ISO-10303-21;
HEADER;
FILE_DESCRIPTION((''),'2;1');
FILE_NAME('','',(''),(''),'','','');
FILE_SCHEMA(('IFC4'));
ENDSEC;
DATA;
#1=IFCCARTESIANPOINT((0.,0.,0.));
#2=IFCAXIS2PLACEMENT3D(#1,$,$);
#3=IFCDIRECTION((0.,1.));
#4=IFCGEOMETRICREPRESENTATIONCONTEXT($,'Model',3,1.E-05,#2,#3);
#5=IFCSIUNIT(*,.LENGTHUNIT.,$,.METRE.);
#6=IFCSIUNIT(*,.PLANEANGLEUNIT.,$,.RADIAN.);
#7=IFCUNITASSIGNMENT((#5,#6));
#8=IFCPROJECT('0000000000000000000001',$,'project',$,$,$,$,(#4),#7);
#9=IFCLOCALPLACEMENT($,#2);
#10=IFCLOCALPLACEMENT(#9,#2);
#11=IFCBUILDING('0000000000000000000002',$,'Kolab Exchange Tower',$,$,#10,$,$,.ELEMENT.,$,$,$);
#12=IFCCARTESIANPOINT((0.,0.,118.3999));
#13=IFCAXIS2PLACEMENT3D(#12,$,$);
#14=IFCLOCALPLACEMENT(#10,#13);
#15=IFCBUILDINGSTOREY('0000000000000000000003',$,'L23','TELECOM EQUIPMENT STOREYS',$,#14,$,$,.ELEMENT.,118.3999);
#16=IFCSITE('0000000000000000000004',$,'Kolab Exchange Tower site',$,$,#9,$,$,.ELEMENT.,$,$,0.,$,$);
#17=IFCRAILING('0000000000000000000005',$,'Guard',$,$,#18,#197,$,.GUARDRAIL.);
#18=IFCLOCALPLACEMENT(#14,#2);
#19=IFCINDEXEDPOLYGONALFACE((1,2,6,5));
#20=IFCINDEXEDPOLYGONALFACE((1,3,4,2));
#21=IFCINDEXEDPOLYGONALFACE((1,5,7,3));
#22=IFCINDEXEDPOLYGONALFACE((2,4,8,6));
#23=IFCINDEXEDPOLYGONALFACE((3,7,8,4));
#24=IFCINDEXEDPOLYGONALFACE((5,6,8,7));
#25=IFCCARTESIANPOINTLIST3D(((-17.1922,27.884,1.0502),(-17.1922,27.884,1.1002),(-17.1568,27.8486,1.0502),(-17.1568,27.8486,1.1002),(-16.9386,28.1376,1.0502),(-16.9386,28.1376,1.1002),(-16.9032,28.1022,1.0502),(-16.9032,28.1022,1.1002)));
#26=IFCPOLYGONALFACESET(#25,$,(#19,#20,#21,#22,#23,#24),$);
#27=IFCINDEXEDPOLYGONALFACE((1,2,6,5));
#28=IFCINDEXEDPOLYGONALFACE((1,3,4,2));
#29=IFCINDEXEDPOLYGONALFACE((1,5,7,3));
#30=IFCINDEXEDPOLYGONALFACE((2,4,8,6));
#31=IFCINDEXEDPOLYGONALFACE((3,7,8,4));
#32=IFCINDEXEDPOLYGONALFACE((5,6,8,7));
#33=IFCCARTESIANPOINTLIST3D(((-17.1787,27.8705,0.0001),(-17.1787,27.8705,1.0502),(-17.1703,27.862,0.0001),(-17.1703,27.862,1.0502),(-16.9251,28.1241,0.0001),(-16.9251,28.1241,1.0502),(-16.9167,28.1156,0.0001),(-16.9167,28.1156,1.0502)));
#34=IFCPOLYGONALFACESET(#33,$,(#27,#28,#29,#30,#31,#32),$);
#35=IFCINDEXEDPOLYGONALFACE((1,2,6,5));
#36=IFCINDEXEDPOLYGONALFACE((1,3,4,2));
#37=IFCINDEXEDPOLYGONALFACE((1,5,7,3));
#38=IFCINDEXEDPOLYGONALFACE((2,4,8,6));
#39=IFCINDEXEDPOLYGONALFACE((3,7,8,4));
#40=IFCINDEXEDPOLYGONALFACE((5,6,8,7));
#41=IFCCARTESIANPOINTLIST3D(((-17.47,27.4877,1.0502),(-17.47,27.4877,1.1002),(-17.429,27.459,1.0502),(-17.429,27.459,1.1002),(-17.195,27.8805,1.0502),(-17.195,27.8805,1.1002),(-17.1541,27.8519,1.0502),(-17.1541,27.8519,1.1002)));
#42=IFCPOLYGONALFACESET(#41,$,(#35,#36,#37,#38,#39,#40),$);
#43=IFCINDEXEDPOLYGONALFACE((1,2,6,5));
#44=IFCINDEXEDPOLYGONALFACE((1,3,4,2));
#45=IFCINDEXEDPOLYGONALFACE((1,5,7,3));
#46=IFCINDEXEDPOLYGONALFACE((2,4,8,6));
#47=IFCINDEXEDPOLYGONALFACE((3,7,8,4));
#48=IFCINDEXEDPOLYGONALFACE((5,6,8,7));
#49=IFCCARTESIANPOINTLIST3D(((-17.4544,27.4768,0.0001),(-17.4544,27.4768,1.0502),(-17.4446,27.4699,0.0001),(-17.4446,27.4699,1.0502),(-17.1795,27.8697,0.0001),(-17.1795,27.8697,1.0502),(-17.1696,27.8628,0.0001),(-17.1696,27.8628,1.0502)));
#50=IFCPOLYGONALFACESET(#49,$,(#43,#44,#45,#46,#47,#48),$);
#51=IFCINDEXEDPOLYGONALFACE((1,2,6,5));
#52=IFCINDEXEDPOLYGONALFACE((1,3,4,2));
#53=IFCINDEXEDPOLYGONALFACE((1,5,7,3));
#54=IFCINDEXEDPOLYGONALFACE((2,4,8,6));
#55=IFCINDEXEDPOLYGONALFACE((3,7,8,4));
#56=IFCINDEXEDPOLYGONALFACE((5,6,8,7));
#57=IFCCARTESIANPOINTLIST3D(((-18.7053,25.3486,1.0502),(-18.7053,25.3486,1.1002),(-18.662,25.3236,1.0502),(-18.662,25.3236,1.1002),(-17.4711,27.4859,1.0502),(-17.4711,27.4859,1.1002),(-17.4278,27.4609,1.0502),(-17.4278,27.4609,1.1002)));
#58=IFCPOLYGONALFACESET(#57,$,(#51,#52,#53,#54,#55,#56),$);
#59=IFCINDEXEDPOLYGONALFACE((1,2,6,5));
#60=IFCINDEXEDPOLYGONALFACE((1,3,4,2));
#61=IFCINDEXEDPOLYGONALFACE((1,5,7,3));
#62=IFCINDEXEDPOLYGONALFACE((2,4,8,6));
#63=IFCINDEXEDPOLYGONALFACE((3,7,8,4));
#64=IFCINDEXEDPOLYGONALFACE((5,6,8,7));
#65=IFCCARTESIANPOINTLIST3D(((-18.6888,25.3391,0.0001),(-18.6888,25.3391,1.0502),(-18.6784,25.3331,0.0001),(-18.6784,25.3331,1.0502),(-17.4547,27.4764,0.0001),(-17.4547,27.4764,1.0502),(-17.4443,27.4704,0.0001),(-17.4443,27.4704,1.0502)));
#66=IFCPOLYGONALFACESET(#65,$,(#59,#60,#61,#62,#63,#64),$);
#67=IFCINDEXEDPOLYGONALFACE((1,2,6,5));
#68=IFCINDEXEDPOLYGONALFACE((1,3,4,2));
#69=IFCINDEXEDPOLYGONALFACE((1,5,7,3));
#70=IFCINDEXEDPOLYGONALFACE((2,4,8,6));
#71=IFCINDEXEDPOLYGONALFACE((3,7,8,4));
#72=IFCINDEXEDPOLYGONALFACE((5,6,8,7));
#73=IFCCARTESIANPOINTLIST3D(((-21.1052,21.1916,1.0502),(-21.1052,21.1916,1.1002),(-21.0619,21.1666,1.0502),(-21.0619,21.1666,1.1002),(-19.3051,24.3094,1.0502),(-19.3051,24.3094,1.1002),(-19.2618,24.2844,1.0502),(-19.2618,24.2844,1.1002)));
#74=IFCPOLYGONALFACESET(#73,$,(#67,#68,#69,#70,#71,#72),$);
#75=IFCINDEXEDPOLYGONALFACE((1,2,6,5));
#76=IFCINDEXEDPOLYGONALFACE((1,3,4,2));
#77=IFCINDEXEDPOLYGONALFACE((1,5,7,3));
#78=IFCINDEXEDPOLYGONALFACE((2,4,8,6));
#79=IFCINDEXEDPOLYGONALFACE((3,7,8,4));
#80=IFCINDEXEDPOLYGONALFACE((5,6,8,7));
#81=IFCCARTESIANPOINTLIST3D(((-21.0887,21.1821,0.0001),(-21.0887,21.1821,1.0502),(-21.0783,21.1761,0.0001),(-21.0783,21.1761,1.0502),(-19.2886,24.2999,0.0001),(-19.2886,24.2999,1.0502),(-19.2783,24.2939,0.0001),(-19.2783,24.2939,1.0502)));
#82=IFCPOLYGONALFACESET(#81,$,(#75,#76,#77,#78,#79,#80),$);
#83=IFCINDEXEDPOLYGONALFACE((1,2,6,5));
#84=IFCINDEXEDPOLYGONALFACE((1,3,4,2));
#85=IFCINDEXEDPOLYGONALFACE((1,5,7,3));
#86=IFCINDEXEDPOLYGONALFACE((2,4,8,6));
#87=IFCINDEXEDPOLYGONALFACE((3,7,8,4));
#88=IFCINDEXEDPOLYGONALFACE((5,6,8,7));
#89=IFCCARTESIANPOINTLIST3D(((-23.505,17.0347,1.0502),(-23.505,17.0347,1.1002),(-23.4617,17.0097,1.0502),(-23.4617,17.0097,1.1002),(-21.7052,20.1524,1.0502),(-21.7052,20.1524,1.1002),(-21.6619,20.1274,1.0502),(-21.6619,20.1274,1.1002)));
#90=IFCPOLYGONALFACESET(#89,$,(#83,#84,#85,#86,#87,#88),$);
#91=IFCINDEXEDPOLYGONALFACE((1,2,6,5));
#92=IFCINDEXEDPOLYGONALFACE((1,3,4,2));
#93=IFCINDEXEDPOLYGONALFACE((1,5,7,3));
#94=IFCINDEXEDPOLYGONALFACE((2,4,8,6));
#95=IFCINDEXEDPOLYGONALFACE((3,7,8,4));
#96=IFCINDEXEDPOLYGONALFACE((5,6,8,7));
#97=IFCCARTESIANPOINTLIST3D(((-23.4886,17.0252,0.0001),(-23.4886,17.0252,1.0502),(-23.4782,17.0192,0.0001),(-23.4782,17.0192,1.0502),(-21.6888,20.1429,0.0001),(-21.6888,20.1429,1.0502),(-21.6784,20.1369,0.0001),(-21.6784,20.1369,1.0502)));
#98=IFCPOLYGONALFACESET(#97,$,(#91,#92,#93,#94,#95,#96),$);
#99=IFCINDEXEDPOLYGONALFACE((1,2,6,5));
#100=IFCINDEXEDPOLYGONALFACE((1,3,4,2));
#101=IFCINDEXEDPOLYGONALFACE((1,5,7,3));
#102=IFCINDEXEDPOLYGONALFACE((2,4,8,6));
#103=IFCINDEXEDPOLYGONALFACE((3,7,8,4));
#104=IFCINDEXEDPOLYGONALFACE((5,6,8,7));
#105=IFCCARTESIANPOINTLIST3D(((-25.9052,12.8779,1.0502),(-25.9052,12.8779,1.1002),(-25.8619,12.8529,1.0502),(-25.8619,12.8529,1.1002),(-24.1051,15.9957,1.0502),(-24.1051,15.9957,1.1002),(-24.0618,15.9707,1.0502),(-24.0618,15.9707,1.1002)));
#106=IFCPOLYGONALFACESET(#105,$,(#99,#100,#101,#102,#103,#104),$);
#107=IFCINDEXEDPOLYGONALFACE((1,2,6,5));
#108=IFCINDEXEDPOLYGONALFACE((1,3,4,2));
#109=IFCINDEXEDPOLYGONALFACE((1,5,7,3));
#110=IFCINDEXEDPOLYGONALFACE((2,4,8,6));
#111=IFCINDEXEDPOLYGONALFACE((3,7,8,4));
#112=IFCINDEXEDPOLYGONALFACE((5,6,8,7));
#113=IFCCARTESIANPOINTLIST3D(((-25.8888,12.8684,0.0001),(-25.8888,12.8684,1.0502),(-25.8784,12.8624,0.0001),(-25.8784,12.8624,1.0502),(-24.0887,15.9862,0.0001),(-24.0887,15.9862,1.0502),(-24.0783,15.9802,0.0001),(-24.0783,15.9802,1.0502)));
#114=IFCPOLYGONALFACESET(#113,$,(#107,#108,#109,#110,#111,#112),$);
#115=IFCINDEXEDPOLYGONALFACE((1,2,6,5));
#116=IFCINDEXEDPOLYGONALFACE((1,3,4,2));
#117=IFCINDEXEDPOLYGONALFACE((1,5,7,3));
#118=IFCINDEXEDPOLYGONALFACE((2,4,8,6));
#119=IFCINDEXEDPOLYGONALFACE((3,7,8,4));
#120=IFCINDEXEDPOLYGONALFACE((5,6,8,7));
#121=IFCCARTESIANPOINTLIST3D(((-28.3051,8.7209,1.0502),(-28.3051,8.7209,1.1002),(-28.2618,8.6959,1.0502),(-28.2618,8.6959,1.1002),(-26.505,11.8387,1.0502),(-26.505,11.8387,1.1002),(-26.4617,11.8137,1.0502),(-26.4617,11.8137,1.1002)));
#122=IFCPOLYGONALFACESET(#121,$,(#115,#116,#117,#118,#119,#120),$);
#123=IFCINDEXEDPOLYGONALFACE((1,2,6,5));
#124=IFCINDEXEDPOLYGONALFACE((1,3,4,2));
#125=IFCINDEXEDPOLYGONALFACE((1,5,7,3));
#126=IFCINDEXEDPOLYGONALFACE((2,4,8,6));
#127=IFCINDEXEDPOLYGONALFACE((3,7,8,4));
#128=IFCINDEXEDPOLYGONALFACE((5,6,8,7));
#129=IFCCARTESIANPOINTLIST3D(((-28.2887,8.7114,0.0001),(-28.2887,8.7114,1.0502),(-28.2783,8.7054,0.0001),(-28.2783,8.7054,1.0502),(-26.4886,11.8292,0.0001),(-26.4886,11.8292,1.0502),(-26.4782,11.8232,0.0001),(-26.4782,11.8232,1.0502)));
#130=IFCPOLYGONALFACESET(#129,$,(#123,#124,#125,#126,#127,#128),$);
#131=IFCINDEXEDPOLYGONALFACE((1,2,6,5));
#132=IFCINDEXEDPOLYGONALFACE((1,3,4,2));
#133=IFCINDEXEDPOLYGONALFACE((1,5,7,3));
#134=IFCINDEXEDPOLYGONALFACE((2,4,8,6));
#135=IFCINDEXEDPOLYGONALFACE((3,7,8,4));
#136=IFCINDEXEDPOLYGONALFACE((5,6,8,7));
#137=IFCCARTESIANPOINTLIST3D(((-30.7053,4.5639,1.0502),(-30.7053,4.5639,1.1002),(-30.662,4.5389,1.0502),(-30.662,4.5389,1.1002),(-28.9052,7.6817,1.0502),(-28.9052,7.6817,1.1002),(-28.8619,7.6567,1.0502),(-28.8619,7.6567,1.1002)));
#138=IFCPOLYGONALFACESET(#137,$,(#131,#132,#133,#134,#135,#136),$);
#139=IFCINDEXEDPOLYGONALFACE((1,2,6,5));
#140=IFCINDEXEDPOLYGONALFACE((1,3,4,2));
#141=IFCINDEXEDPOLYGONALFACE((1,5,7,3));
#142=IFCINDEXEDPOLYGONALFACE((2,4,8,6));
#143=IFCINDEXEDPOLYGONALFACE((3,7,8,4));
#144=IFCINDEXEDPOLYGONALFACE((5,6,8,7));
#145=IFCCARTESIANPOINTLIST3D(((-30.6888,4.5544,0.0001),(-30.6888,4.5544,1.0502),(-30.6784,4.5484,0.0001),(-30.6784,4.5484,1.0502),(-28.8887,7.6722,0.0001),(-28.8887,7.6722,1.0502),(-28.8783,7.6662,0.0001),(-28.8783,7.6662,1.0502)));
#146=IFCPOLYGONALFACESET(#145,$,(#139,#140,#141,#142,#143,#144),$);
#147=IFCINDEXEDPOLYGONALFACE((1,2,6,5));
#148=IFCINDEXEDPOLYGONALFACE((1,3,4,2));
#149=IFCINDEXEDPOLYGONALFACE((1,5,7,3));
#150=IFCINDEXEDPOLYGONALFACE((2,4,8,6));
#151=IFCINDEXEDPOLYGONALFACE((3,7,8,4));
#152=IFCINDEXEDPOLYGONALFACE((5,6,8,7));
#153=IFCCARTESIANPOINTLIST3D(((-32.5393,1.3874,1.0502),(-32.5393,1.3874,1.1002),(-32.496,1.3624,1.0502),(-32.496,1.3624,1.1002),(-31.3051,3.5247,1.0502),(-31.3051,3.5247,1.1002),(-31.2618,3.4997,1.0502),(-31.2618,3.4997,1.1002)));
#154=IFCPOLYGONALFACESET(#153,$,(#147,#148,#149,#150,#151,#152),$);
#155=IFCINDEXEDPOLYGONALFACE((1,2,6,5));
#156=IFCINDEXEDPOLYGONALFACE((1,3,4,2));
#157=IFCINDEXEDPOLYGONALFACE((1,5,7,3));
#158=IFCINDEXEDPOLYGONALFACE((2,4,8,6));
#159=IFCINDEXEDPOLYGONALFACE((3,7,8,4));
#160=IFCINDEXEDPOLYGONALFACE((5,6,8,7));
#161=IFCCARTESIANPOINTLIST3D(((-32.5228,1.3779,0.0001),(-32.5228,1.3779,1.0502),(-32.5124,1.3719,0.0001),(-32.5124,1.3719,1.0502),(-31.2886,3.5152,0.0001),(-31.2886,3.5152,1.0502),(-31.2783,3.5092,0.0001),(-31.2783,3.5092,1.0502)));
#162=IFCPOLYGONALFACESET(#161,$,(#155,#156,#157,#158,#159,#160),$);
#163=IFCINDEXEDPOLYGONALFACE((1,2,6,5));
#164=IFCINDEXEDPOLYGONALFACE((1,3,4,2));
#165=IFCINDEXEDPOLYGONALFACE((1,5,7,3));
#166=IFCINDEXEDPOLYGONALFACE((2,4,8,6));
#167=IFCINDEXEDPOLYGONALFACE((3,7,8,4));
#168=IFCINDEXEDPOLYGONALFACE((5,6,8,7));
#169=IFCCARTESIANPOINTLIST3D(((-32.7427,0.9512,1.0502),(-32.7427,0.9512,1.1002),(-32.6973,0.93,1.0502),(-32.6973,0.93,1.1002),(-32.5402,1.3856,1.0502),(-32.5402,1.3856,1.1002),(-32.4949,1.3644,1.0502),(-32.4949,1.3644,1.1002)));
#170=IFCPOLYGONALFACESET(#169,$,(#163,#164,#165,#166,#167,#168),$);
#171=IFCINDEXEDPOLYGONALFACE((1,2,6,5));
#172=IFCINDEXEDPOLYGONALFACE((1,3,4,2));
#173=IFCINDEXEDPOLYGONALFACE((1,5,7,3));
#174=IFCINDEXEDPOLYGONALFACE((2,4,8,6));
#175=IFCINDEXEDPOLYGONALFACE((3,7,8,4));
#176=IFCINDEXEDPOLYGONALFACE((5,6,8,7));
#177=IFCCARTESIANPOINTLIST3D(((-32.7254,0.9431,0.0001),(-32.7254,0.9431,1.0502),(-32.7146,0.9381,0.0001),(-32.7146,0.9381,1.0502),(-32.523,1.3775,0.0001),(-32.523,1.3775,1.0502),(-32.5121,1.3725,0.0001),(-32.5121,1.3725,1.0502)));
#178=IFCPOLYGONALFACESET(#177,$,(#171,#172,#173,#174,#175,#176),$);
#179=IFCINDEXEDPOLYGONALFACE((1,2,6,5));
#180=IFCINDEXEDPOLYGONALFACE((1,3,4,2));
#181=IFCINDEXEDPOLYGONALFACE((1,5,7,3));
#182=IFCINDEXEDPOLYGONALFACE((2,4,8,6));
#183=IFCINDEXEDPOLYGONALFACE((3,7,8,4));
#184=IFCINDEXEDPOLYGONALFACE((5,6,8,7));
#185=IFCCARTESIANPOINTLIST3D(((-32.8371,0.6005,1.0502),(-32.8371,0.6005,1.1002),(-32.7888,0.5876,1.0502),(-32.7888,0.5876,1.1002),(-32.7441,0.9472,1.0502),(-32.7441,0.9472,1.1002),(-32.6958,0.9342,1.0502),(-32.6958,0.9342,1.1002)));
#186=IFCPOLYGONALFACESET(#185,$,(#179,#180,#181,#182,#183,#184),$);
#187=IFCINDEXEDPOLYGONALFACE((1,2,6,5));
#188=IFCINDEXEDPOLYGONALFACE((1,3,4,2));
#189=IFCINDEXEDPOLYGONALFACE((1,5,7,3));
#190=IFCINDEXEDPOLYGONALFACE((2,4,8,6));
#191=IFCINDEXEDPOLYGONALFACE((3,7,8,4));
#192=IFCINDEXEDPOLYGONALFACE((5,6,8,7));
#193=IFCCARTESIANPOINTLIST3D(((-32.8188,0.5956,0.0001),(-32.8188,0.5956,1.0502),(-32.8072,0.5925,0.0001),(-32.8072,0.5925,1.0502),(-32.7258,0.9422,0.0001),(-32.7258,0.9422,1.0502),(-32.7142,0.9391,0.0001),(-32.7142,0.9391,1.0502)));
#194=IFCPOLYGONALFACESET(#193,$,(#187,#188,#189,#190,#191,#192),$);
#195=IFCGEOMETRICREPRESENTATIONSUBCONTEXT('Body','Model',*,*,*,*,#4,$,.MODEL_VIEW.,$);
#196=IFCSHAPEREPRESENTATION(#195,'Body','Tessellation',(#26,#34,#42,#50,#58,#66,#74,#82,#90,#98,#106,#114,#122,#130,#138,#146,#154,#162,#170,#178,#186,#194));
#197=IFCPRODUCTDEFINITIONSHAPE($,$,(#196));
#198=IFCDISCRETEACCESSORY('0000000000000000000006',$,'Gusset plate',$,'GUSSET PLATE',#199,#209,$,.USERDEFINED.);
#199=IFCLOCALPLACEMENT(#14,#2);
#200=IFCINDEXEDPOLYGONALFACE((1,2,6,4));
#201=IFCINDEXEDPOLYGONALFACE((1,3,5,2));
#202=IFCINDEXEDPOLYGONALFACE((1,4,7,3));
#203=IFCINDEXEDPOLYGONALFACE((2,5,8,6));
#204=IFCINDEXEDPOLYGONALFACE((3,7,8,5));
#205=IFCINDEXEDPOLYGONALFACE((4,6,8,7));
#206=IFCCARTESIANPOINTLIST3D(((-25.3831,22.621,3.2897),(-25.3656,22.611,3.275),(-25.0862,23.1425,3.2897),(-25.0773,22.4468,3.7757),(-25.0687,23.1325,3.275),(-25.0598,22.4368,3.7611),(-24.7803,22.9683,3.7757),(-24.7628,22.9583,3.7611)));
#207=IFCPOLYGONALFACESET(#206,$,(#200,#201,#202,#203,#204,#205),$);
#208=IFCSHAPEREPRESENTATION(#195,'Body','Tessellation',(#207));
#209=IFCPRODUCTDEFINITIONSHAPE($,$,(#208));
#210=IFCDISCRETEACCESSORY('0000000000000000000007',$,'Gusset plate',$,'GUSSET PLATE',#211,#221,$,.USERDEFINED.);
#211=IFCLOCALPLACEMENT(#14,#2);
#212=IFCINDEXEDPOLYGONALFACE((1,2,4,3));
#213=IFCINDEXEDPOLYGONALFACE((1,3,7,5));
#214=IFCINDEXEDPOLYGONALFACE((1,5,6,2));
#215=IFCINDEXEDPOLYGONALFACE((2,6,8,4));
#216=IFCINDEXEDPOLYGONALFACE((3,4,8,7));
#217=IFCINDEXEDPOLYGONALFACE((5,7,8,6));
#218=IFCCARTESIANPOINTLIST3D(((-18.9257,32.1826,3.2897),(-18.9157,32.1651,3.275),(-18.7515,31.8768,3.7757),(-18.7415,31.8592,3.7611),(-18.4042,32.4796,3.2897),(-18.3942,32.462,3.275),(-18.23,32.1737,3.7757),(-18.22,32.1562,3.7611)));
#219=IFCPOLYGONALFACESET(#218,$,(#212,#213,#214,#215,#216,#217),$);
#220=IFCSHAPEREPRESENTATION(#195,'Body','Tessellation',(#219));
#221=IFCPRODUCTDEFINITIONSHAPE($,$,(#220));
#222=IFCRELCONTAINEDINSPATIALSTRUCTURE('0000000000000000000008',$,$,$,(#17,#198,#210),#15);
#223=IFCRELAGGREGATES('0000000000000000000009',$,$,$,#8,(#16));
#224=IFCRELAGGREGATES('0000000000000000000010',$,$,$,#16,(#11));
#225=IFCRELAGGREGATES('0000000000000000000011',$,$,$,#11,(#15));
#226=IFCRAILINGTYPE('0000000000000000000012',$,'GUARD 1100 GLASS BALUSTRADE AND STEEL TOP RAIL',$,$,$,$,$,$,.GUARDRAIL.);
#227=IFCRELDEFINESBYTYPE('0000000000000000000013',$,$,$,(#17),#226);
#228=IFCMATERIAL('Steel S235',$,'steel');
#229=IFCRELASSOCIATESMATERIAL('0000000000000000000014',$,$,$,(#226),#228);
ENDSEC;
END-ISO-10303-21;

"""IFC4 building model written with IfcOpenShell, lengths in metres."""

from ifc_helpers import new_model, si_unit, direction, frame, frame_2d, origin, origin_2d, place, context, subcontext, project, spatial, rectangle, extrude, material, type_object, element, save


model = new_model("IFC4")

# Units and contexts
model_context = context("Model", 3, precision=1e-05, world=origin(), true_north=direction((0.0, 1.0)))
body_context = subcontext(model_context, "Body", "Model", "MODEL_VIEW")
ifc_project = project(units=[si_unit("LENGTHUNIT", "METRE"), si_unit("PLANEANGLEUNIT", "RADIAN")], contexts=[model_context])

# Site, building, storey
site_placement = place(None, origin())
site = spatial("IfcSite", under=ifc_project, at=site_placement, Name="Kolab Exchange Tower site", CompositionType="ELEMENT", RefElevation=0.0)
building_placement = place(site_placement, origin())
building = spatial("IfcBuilding", under=site, at=building_placement, Name="Kolab Exchange Tower", CompositionType="ELEMENT")
storey_placement = place(building_placement, frame((0.0, 0.0, 118.3999)))
storey = spatial("IfcBuildingStorey", under=building, at=storey_placement, Name="L23", Description="TELECOM EQUIPMENT STOREYS", CompositionType="ELEMENT", Elevation=118.3999)

# Railing
ifc_material_1 = material(Name="Steel S235", Category="steel")
railing_type = type_object("IfcRailingType", Name="GUARD 1100 GLASS BALUSTRADE AND STEEL TOP RAIL", PredefinedType="GUARDRAIL", material=ifc_material_1)
railing_placement = place(storey_placement, frame((-16.9209, 28.1199, 0.0)))
element("IfcRailing", 1, at=railing_placement, inside=storey, type_object=railing_type, Name="Guard", PredefinedType="GUARDRAIL", context=body_context, shape_type="SweptSolid", body=[
    extrude(rectangle(XDim=0.05, YDim=0.05, at=origin_2d()), frame((0.0, 0.0, 1.0752), z_axis=(-0.707107, -0.707107, 0.0), x_axis=(0.707107, -0.707107, 0.0)), (0.0, 0.0, 1.0), 0.3586),
    extrude(rectangle(XDim=0.012, YDim=1.0501, at=frame_2d((0.0, 0.5251))), frame((0.0, 0.0, 0.0), z_axis=(-0.707107, -0.707107, 0.0), x_axis=(0.707107, -0.707107, 0.0)), (0.0, 0.0, 1.0), 0.3586),
    extrude(rectangle(XDim=0.05, YDim=0.05, at=origin_2d()), frame((-0.2537, -0.2537, 1.0752), z_axis=(-0.57336, -0.819304, 0.0), x_axis=(0.819304, -0.57336, 0.0)), (0.0, 0.0, 1.0), 0.4795),
    extrude(rectangle(XDim=0.012, YDim=1.0501, at=frame_2d((0.0, 0.5251))), frame((-0.2537, -0.2537, 0.0), z_axis=(-0.57336, -0.819304, 0.0), x_axis=(0.819304, -0.57336, 0.0)), (0.0, 0.0, 1.0), 0.4795),
    extrude(rectangle(XDim=0.05, YDim=0.05, at=origin_2d()), frame((-0.5286, -0.6465, 1.0752), z_axis=(-0.500065, -0.865988, 0.0), x_axis=(0.865988, -0.500065, 0.0)), (0.0, 0.0, 1.0), 2.468),
    extrude(rectangle(XDim=0.012, YDim=1.0501, at=frame_2d((0.0, 0.5251))), frame((-0.5286, -0.6465, 0.0), z_axis=(-0.500065, -0.865988, 0.0), x_axis=(0.865988, -0.500065, 0.0)), (0.0, 0.0, 1.0), 2.468),
    extrude(rectangle(XDim=0.05, YDim=0.05, at=origin_2d()), frame((-2.3625, -3.823, 1.0752), z_axis=(-0.500012, -0.866018, 0.0), x_axis=(0.866018, -0.500012, 0.0)), (0.0, 0.0, 1.0), 3.6001),
    extrude(rectangle(XDim=0.012, YDim=1.0501, at=frame_2d((0.0, 0.5251))), frame((-2.3625, -3.823, 0.0), z_axis=(-0.500012, -0.866018, 0.0), x_axis=(0.866018, -0.500012, 0.0)), (0.0, 0.0, 1.0), 3.6001),
    extrude(rectangle(XDim=0.05, YDim=0.05, at=origin_2d()), frame((-4.7627, -7.98, 1.0752), z_axis=(-0.499961, -0.866048, 0.0), x_axis=(0.866048, -0.499961, 0.0)), (0.0, 0.0, 1.0), 3.5999),
    extrude(rectangle(XDim=0.012, YDim=1.0501, at=frame_2d((0.0, 0.5251))), frame((-4.7627, -7.98, 0.0), z_axis=(-0.499961, -0.866048, 0.0), x_axis=(0.866048, -0.499961, 0.0)), (0.0, 0.0, 1.0), 3.5999),
    extrude(rectangle(XDim=0.05, YDim=0.05, at=origin_2d()), frame((-7.1626, -12.1367, 1.0752), z_axis=(-0.500012, -0.866018, 0.0), x_axis=(0.866018, -0.500012, 0.0)), (0.0, 0.0, 1.0), 3.6001),
    extrude(rectangle(XDim=0.012, YDim=1.0501, at=frame_2d((0.0, 0.5251))), frame((-7.1626, -12.1367, 0.0), z_axis=(-0.500012, -0.866018, 0.0), x_axis=(0.866018, -0.500012, 0.0)), (0.0, 0.0, 1.0), 3.6001),
    extrude(rectangle(XDim=0.05, YDim=0.05, at=origin_2d()), frame((-9.5625, -16.2937, 1.0752), z_axis=(-0.500012, -0.866018, 0.0), x_axis=(0.866018, -0.500012, 0.0)), (0.0, 0.0, 1.0), 3.6001),
    extrude(rectangle(XDim=0.012, YDim=1.0501, at=frame_2d((0.0, 0.5251))), frame((-9.5625, -16.2937, 0.0), z_axis=(-0.500012, -0.866018, 0.0), x_axis=(0.866018, -0.500012, 0.0)), (0.0, 0.0, 1.0), 3.6001),
    extrude(rectangle(XDim=0.05, YDim=0.05, at=origin_2d()), frame((-11.9626, -20.4507, 1.0752), z_axis=(-0.500012, -0.866018, 0.0), x_axis=(0.866018, -0.500012, 0.0)), (0.0, 0.0, 1.0), 3.6001),
    extrude(rectangle(XDim=0.012, YDim=1.0501, at=frame_2d((0.0, 0.5251))), frame((-11.9626, -20.4507, 0.0), z_axis=(-0.500012, -0.866018, 0.0), x_axis=(0.866018, -0.500012, 0.0)), (0.0, 0.0, 1.0), 3.6001),
    extrude(rectangle(XDim=0.05, YDim=0.05, at=origin_2d()), frame((-14.3625, -24.6077, 1.0752), z_axis=(-0.500065, -0.865988, 0.0), x_axis=(0.865988, -0.500065, 0.0)), (0.0, 0.0, 1.0), 2.468),
    extrude(rectangle(XDim=0.012, YDim=1.0501, at=frame_2d((0.0, 0.5251))), frame((-14.3625, -24.6077, 0.0), z_axis=(-0.500065, -0.865988, 0.0), x_axis=(0.865988, -0.500065, 0.0)), (0.0, 0.0, 1.0), 2.468),
    extrude(rectangle(XDim=0.05, YDim=0.05, at=origin_2d()), frame((-15.5967, -26.7449, 1.0752), z_axis=(-0.422383, -0.906417, 0.0), x_axis=(0.906417, -0.422383, 0.0)), (0.0, 0.0, 1.0), 0.4792),
    extrude(rectangle(XDim=0.012, YDim=1.0501, at=frame_2d((0.0, 0.5251))), frame((-15.5967, -26.7449, 0.0), z_axis=(-0.422383, -0.906417, 0.0), x_axis=(0.906417, -0.422383, 0.0)), (0.0, 0.0, 1.0), 0.4792),
    extrude(rectangle(XDim=0.05, YDim=0.05, at=origin_2d()), frame((-15.7991, -27.1792, 1.0752), z_axis=(-0.259144, -0.965839, 0.0), x_axis=(0.965839, -0.259144, 0.0)), (0.0, 0.0, 1.0), 0.3589),
    extrude(rectangle(XDim=0.012, YDim=1.0501, at=frame_2d((0.0, 0.5251))), frame((-15.7991, -27.1792, 0.0), z_axis=(-0.259144, -0.965839, 0.0), x_axis=(0.965839, -0.259144, 0.0)), (0.0, 0.0, 1.0), 0.3589),
])

# Discrete accessories
for number, where, z_axis, x_axis, name in (
    (2, (-25.0642, 22.7847, 3.5181), (-0.703822, 0.400788, 0.586518), (-0.494839, -0.868985, 0.0), "Gusset plate"),
    (3, (-18.5679, 32.1606, 3.5181), (-0.400788, 0.703822, 0.586518), (-0.868985, -0.494839, 0.0), "Gusset plate"),
):
    element("IfcDiscreteAccessory", number, at=place(storey_placement, frame(where, z_axis=z_axis, x_axis=x_axis)), inside=storey, Name=name, ObjectType="GUSSET PLATE", PredefinedType="USERDEFINED", context=body_context, shape_type="SweptSolid", body=[
        extrude(rectangle(XDim=0.6001, YDim=0.6001, at=origin_2d()), origin(), (0.0, 0.0, 1.0), 0.0249),
    ])

save(model, "model.ifc")
